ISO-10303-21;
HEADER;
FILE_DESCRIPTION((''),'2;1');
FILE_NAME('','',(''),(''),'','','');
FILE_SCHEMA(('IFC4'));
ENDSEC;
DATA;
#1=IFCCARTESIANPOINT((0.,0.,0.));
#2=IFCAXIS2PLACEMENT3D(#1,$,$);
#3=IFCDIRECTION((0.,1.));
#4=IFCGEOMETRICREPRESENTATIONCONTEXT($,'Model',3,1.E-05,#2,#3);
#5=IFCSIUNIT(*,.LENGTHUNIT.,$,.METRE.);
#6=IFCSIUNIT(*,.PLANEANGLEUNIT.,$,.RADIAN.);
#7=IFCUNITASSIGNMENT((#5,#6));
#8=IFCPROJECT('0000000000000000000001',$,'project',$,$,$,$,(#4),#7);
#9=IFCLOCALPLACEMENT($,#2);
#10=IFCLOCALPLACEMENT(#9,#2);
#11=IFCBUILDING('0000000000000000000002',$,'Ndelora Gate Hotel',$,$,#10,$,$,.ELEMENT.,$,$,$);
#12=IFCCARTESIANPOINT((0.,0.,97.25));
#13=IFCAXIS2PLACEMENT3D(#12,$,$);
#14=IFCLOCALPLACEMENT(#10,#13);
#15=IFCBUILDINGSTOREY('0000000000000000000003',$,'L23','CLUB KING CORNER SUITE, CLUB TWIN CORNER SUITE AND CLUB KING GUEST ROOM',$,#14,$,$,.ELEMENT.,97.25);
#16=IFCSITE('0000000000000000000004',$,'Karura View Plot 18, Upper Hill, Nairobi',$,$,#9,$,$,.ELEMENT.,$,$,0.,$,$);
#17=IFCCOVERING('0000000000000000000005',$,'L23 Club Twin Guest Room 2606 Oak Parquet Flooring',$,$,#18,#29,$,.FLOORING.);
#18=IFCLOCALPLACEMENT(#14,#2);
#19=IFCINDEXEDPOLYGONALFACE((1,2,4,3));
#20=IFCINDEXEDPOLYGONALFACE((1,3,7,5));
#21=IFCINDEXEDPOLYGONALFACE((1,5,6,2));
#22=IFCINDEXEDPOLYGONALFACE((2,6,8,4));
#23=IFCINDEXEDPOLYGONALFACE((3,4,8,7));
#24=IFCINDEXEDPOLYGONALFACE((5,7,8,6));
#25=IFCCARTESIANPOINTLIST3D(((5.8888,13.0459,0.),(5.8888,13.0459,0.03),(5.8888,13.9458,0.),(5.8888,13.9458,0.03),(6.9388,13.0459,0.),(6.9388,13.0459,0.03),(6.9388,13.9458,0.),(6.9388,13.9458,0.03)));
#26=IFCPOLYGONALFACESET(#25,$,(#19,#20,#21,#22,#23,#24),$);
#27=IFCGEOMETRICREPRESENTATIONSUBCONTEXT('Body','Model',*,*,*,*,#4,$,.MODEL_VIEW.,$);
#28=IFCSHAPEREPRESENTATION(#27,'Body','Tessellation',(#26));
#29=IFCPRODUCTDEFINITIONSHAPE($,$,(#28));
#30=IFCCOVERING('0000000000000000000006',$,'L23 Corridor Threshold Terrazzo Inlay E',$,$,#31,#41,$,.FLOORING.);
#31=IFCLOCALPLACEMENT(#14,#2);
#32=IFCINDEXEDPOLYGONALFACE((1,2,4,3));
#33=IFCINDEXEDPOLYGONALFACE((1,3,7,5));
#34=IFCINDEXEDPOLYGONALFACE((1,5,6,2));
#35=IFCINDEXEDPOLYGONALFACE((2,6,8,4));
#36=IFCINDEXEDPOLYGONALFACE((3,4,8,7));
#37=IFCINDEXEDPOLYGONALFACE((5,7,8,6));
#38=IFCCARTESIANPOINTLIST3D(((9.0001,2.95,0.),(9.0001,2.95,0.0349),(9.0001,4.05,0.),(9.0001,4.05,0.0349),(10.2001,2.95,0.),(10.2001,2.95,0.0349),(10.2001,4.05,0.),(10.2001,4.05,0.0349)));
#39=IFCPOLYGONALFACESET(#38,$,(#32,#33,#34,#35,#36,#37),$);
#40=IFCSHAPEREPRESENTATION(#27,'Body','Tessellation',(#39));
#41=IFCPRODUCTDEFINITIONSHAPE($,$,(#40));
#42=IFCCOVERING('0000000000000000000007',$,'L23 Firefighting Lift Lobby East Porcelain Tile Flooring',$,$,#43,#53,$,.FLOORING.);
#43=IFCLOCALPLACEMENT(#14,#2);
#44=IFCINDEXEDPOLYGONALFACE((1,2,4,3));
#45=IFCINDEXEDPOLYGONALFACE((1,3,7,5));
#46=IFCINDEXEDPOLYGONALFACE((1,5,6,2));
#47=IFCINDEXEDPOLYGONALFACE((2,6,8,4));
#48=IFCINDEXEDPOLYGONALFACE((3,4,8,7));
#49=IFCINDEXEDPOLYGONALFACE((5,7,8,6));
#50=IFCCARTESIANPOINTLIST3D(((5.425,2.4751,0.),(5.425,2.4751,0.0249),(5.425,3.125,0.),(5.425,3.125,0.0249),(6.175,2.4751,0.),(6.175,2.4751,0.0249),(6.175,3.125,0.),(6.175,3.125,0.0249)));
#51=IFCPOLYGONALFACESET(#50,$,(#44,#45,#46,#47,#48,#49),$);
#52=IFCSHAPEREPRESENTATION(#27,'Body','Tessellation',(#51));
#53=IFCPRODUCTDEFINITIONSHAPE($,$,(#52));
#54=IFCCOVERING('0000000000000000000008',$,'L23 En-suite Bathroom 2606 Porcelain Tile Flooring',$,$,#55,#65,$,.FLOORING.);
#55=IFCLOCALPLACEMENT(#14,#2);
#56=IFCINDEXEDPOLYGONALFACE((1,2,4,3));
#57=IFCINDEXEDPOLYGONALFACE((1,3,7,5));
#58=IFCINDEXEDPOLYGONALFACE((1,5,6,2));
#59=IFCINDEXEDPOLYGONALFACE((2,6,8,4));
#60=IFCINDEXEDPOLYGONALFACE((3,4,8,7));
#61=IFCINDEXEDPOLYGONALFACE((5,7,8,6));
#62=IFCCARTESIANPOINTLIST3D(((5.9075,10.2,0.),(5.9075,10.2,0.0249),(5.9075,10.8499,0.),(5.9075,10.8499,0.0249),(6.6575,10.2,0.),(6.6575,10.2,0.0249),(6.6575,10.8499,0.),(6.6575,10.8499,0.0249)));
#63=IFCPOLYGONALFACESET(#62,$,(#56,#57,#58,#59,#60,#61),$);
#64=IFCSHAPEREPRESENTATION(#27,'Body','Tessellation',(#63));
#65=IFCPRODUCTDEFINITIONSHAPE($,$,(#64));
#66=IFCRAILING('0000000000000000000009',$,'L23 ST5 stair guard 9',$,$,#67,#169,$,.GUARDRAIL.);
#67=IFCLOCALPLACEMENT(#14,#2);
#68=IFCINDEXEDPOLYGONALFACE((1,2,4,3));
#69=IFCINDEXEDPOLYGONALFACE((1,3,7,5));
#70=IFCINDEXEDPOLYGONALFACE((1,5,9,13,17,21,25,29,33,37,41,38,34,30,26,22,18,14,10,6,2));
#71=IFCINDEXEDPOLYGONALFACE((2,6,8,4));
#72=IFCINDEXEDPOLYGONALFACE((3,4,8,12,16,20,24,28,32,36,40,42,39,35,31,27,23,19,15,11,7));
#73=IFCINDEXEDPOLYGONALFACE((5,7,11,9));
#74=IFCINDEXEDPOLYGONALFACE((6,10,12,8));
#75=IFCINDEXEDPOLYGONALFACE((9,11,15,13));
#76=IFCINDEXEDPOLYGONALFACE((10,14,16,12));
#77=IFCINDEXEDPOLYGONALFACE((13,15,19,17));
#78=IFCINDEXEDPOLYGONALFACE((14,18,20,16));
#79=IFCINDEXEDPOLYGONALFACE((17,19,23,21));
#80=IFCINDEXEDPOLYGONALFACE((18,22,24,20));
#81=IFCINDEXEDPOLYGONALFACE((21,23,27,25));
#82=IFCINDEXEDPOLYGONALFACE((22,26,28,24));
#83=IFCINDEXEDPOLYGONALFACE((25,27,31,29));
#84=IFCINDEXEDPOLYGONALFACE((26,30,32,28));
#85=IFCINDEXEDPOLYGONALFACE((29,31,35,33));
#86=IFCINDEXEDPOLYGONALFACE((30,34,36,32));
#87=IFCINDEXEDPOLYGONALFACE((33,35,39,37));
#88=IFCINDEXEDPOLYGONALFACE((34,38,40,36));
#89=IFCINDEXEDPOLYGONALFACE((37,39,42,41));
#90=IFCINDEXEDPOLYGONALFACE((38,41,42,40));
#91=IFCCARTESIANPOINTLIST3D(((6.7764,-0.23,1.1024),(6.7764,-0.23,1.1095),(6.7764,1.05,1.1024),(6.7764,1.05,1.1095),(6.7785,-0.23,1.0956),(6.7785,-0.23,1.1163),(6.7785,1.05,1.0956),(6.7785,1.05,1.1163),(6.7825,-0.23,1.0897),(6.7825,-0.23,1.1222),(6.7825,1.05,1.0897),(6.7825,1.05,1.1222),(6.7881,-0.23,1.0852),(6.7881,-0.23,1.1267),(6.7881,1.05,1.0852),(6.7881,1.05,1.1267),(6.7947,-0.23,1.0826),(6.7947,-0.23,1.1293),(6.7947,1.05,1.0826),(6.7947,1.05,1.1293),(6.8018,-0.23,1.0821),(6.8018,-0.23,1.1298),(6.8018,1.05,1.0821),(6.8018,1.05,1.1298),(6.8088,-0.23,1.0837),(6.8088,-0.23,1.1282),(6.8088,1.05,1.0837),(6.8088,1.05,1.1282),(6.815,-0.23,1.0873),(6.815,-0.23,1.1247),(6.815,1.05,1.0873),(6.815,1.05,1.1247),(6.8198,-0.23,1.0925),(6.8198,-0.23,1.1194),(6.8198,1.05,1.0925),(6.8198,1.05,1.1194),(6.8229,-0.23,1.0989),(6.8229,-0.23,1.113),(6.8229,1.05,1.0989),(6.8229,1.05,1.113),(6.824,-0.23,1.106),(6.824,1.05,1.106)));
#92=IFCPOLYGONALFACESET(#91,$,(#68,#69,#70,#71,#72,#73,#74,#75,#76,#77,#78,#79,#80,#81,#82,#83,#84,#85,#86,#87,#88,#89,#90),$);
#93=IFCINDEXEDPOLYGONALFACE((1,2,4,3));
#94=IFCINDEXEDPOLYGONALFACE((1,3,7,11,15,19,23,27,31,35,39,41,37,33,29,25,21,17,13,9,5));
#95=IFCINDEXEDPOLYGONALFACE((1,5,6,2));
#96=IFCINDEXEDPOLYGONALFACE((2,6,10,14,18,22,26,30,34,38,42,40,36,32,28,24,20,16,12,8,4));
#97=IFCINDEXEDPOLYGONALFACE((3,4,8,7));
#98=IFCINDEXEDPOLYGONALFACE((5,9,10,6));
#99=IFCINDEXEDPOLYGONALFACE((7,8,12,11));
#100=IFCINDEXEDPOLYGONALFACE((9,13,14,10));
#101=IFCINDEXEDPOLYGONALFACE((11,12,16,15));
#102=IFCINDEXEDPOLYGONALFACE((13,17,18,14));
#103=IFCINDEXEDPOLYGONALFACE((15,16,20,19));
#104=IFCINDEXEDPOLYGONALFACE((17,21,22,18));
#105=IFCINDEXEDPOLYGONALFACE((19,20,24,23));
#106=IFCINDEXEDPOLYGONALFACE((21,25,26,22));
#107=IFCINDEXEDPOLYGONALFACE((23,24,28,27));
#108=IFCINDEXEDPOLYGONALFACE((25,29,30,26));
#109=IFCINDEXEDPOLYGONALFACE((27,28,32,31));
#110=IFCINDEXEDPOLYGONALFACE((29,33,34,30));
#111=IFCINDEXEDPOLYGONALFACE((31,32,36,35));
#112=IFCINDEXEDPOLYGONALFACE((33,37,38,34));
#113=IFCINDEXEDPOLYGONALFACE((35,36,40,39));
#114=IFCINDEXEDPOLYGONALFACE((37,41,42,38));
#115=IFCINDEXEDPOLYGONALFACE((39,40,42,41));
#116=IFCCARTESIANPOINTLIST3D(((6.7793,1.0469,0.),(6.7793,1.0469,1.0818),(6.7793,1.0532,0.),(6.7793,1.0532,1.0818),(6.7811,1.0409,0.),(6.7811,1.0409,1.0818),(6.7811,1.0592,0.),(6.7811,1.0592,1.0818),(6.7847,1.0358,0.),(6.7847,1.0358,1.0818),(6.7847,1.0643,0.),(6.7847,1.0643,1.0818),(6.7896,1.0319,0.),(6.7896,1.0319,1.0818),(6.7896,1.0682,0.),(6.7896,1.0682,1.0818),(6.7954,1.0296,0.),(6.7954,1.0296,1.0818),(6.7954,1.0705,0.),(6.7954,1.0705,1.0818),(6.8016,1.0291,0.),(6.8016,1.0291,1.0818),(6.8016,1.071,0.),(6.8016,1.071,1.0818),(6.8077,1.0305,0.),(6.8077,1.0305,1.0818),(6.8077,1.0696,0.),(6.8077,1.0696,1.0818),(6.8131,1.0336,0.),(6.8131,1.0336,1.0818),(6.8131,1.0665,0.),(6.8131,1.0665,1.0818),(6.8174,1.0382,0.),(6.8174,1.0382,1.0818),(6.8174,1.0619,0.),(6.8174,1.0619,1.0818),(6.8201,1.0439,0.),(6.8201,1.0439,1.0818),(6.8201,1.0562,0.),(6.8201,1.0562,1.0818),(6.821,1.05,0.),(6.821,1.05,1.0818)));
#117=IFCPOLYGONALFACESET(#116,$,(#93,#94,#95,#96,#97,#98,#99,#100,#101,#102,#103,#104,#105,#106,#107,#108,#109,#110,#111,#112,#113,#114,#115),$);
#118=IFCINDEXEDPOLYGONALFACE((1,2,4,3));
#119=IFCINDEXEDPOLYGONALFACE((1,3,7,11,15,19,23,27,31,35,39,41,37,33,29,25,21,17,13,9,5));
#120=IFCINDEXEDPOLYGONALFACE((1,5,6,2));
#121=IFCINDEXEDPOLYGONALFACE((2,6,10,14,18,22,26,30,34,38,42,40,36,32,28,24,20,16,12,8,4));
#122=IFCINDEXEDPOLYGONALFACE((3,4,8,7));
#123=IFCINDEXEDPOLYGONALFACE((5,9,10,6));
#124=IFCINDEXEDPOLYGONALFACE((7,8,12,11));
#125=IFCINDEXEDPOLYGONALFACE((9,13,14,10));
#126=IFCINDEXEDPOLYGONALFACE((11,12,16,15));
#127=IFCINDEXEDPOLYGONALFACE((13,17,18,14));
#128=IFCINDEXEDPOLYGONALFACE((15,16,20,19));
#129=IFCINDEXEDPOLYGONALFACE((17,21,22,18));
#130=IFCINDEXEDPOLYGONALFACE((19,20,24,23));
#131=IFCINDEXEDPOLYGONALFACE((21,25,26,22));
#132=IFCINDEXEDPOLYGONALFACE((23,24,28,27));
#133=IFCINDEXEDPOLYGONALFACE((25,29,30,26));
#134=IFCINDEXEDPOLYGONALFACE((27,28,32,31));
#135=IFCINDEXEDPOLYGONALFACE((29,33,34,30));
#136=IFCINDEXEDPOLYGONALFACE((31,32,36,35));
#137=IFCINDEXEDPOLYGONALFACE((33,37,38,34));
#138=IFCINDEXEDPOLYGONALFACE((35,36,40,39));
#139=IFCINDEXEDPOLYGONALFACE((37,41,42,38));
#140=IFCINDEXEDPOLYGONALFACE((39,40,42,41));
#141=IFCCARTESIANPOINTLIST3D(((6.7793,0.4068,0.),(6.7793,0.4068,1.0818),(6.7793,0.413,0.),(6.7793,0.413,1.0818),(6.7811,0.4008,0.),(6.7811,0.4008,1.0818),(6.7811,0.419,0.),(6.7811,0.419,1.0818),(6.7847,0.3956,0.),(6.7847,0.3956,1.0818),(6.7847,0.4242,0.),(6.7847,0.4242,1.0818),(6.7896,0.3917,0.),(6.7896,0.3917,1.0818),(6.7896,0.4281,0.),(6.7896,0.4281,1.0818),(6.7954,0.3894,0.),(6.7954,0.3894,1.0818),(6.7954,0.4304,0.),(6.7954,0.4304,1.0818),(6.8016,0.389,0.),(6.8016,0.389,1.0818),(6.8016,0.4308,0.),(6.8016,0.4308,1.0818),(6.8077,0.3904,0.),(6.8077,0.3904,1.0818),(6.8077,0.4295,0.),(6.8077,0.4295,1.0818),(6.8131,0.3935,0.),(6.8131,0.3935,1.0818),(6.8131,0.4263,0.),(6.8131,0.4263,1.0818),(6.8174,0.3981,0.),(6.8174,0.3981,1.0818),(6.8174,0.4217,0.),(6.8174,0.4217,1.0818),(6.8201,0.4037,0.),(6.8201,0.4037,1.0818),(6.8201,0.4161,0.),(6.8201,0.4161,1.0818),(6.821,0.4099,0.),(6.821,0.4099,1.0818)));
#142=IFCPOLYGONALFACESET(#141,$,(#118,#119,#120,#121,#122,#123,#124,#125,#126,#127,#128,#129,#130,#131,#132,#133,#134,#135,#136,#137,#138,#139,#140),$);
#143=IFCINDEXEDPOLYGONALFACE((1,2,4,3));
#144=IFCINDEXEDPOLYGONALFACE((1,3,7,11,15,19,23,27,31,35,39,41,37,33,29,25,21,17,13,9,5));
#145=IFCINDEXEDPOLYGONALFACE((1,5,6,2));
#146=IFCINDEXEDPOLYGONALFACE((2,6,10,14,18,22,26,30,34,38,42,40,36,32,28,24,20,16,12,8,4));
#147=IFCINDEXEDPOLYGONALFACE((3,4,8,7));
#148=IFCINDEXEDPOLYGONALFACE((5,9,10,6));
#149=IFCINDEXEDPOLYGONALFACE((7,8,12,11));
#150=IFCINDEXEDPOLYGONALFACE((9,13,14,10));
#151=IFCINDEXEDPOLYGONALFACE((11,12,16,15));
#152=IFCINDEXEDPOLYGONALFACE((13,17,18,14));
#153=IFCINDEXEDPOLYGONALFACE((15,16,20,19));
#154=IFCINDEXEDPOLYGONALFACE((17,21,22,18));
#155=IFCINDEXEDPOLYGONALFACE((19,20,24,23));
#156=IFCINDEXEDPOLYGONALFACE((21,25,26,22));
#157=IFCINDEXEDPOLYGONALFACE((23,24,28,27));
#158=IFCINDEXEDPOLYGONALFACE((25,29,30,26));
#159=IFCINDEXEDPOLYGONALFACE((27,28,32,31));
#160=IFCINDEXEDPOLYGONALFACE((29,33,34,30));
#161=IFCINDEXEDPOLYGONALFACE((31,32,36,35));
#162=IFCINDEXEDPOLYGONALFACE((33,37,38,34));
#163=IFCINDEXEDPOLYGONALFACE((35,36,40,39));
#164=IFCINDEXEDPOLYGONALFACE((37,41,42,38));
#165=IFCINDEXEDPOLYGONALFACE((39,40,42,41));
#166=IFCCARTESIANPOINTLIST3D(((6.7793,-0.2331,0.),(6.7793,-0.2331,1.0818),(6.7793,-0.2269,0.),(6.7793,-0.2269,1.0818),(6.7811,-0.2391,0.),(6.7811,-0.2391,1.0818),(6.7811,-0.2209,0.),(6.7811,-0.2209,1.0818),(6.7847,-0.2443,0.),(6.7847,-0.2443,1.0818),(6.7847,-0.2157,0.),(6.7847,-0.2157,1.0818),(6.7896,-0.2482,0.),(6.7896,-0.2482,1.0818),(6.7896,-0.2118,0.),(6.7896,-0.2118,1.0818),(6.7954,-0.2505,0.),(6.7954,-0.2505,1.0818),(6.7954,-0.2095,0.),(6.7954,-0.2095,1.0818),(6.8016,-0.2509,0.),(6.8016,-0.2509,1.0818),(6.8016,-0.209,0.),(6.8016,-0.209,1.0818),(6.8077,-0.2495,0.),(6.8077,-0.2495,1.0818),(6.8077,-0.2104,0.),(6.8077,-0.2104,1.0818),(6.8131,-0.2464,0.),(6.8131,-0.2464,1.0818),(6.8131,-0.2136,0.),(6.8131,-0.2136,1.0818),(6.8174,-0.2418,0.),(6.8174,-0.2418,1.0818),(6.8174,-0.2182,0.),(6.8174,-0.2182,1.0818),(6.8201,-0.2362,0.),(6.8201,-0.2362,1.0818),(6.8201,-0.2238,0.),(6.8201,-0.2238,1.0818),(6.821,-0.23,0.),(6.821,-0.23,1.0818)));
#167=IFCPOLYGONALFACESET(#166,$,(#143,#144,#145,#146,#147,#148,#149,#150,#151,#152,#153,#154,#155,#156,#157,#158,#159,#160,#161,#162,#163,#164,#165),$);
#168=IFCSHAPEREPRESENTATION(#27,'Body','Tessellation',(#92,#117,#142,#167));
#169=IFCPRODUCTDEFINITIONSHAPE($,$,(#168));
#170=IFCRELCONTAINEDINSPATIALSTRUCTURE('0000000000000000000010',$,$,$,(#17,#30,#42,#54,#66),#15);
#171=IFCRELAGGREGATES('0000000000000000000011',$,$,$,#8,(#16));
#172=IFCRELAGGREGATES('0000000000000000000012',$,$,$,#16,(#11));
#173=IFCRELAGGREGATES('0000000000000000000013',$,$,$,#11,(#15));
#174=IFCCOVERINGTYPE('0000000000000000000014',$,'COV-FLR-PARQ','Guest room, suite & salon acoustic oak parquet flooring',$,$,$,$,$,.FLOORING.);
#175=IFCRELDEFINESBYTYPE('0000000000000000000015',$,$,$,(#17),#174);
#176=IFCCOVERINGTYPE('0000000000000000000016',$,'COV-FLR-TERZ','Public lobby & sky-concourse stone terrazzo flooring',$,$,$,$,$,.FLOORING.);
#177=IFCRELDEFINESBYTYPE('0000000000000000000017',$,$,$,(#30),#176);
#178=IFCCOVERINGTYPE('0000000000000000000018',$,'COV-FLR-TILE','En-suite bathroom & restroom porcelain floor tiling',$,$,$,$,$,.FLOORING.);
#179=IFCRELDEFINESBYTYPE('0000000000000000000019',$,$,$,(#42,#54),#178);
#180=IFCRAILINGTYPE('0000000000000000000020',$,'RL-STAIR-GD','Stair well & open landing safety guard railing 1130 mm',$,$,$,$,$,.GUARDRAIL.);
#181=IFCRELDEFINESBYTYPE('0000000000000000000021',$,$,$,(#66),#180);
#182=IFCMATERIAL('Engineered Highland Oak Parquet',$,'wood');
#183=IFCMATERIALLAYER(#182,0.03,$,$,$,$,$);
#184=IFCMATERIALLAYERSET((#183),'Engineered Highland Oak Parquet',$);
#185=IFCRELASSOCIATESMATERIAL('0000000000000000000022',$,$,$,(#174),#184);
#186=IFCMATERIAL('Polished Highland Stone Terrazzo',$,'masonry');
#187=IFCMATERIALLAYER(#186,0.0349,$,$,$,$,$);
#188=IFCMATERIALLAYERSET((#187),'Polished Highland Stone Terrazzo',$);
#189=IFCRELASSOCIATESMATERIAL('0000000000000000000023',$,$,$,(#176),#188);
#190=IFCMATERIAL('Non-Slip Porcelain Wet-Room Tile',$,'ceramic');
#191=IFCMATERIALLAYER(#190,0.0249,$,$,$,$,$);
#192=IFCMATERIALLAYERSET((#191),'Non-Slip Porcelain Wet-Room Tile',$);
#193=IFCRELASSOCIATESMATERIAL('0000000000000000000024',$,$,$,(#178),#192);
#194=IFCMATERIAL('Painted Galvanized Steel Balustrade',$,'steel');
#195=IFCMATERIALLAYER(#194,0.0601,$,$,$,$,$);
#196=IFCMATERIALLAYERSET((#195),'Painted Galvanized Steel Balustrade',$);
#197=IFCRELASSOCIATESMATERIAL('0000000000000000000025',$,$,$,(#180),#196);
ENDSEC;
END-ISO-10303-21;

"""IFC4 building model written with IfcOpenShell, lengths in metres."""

from ifc_helpers import new_model, si_unit, direction, frame, origin, origin_2d, place, context, subcontext, project, spatial, rectangle, circle, extrude, material, layer, layer_set, type_object, element, save


model = new_model("IFC4")

# Units and contexts
model_context = context("Model", 3, precision=1e-05, world=origin(), true_north=direction((0.0, 1.0)))
body_context = subcontext(model_context, "Body", "Model", "MODEL_VIEW")
ifc_project = project(units=[si_unit("LENGTHUNIT", "METRE"), si_unit("PLANEANGLEUNIT", "RADIAN")], contexts=[model_context])

# Site, building, storey
site_placement = place(None, origin())
site = spatial("IfcSite", under=ifc_project, at=site_placement, Name="Karura View Plot 18, Upper Hill, Nairobi", CompositionType="ELEMENT", RefElevation=0.0)
building_placement = place(site_placement, origin())
building = spatial("IfcBuilding", under=site, at=building_placement, Name="Ndelora Gate Hotel", CompositionType="ELEMENT")
storey_placement = place(building_placement, frame((0.0, 0.0, 97.25)))
storey = spatial("IfcBuildingStorey", under=building, at=storey_placement, Name="L23", Description="CLUB KING CORNER SUITE, CLUB TWIN CORNER SUITE AND CLUB KING GUEST ROOM", CompositionType="ELEMENT", Elevation=97.25)

# Coverings
ifc_material_1 = material(Name="Engineered Highland Oak Parquet", Category="wood")
ifc_layer_1 = layer(ifc_material_1, 0.03)
ifc_layer_set_1 = layer_set([ifc_layer_1], Name="Engineered Highland Oak Parquet")
covering_type_1 = type_object("IfcCoveringType", Name="COV-FLR-PARQ", Description="Guest room, suite & salon acoustic oak parquet flooring", PredefinedType="FLOORING", material=ifc_layer_set_1)
for number, where, z_axis, x_axis, name in (
    (1, (6.4138, 13.4958, 0.0), (0.0, 0.0, 1.0), (1.0, 0.0, 0.0), "L23 Club Twin Guest Room 2606 Oak Parquet Flooring"),
):
    element("IfcCovering", number, at=place(storey_placement, frame(where, z_axis=z_axis, x_axis=x_axis)), inside=storey, type_object=covering_type_1, Name=name, PredefinedType="FLOORING", context=body_context, shape_type="SweptSolid", body=[
        extrude(rectangle(XDim=1.05, YDim=0.8999, at=origin_2d()), origin(), (0.0, 0.0, 1.0), 0.03),
    ])
ifc_material_2 = material(Name="Polished Highland Stone Terrazzo", Category="masonry")
ifc_layer_2 = layer(ifc_material_2, 0.0349)
ifc_layer_set_2 = layer_set([ifc_layer_2], Name="Polished Highland Stone Terrazzo")
covering_type_2 = type_object("IfcCoveringType", Name="COV-FLR-TERZ", Description="Public lobby & sky-concourse stone terrazzo flooring", PredefinedType="FLOORING", material=ifc_layer_set_2)
covering_1_placement = place(storey_placement, frame((9.6001, 3.5, 0.0), z_axis=(0.0, 0.0, 1.0), x_axis=(1.0, 0.0, 0.0)))
element("IfcCovering", 2, at=covering_1_placement, inside=storey, type_object=covering_type_2, Name="L23 Corridor Threshold Terrazzo Inlay E", PredefinedType="FLOORING", context=body_context, shape_type="SweptSolid", body=[
    extrude(rectangle(XDim=1.2, YDim=1.1001, at=origin_2d()), origin(), (0.0, 0.0, 1.0), 0.0349),
])
ifc_material_3 = material(Name="Non-Slip Porcelain Wet-Room Tile", Category="ceramic")
ifc_layer_3 = layer(ifc_material_3, 0.0249)
ifc_layer_set_3 = layer_set([ifc_layer_3], Name="Non-Slip Porcelain Wet-Room Tile")
covering_type_3 = type_object("IfcCoveringType", Name="COV-FLR-TILE", Description="En-suite bathroom & restroom porcelain floor tiling", PredefinedType="FLOORING", material=ifc_layer_set_3)
for number, where, z_axis, x_axis, name in (
    (3, (5.8, 2.8, 0.0), (0.0, 0.0, 1.0), (1.0, 0.0, 0.0), "L23 Firefighting Lift Lobby East Porcelain Tile Flooring"),
    (4, (6.2825, 10.5249, 0.0), (0.0, 0.0, 1.0), (1.0, 0.0, 0.0), "L23 En-suite Bathroom 2606 Porcelain Tile Flooring"),
):
    element("IfcCovering", number, at=place(storey_placement, frame(where, z_axis=z_axis, x_axis=x_axis)), inside=storey, type_object=covering_type_3, Name=name, PredefinedType="FLOORING", context=body_context, shape_type="SweptSolid", body=[
        extrude(rectangle(XDim=0.75, YDim=0.6499, at=origin_2d()), origin(), (0.0, 0.0, 1.0), 0.0249),
    ])

# Railing
ifc_material_4 = material(Name="Painted Galvanized Steel Balustrade", Category="steel")
ifc_layer_4 = layer(ifc_material_4, 0.0601)
ifc_layer_set_4 = layer_set([ifc_layer_4], Name="Painted Galvanized Steel Balustrade")
railing_type = type_object("IfcRailingType", Name="RL-STAIR-GD", Description="Stair well & open landing safety guard railing 1130 mm", PredefinedType="GUARDRAIL", material=ifc_layer_set_4)
railing_1_placement = place(storey_placement, frame((6.8, 1.05, 0.0)))
element("IfcRailing", 5, at=railing_1_placement, inside=storey, type_object=railing_type, Name="L23 ST5 stair guard 9", PredefinedType="GUARDRAIL", context=body_context, shape_type="SweptSolid", body=[
    extrude(circle(Radius=0.0239, at=origin_2d()), frame((0.0, 0.0, 1.106), z_axis=(0.0, -1.0, 0.0), x_axis=(1.0, 0.0, 0.0)), (0.0, 0.0, 1.0), 1.28),
    extrude(circle(Radius=0.021, at=origin_2d()), origin(), (0.0, 0.0, 1.0), 1.0818),
    extrude(circle(Radius=0.021, at=origin_2d()), frame((0.0, -0.6401, 0.0)), (0.0, 0.0, 1.0), 1.0818),
    extrude(circle(Radius=0.021, at=origin_2d()), frame((0.0, -1.28, 0.0)), (0.0, 0.0, 1.0), 1.0818),
])

save(model, "model.ifc")
